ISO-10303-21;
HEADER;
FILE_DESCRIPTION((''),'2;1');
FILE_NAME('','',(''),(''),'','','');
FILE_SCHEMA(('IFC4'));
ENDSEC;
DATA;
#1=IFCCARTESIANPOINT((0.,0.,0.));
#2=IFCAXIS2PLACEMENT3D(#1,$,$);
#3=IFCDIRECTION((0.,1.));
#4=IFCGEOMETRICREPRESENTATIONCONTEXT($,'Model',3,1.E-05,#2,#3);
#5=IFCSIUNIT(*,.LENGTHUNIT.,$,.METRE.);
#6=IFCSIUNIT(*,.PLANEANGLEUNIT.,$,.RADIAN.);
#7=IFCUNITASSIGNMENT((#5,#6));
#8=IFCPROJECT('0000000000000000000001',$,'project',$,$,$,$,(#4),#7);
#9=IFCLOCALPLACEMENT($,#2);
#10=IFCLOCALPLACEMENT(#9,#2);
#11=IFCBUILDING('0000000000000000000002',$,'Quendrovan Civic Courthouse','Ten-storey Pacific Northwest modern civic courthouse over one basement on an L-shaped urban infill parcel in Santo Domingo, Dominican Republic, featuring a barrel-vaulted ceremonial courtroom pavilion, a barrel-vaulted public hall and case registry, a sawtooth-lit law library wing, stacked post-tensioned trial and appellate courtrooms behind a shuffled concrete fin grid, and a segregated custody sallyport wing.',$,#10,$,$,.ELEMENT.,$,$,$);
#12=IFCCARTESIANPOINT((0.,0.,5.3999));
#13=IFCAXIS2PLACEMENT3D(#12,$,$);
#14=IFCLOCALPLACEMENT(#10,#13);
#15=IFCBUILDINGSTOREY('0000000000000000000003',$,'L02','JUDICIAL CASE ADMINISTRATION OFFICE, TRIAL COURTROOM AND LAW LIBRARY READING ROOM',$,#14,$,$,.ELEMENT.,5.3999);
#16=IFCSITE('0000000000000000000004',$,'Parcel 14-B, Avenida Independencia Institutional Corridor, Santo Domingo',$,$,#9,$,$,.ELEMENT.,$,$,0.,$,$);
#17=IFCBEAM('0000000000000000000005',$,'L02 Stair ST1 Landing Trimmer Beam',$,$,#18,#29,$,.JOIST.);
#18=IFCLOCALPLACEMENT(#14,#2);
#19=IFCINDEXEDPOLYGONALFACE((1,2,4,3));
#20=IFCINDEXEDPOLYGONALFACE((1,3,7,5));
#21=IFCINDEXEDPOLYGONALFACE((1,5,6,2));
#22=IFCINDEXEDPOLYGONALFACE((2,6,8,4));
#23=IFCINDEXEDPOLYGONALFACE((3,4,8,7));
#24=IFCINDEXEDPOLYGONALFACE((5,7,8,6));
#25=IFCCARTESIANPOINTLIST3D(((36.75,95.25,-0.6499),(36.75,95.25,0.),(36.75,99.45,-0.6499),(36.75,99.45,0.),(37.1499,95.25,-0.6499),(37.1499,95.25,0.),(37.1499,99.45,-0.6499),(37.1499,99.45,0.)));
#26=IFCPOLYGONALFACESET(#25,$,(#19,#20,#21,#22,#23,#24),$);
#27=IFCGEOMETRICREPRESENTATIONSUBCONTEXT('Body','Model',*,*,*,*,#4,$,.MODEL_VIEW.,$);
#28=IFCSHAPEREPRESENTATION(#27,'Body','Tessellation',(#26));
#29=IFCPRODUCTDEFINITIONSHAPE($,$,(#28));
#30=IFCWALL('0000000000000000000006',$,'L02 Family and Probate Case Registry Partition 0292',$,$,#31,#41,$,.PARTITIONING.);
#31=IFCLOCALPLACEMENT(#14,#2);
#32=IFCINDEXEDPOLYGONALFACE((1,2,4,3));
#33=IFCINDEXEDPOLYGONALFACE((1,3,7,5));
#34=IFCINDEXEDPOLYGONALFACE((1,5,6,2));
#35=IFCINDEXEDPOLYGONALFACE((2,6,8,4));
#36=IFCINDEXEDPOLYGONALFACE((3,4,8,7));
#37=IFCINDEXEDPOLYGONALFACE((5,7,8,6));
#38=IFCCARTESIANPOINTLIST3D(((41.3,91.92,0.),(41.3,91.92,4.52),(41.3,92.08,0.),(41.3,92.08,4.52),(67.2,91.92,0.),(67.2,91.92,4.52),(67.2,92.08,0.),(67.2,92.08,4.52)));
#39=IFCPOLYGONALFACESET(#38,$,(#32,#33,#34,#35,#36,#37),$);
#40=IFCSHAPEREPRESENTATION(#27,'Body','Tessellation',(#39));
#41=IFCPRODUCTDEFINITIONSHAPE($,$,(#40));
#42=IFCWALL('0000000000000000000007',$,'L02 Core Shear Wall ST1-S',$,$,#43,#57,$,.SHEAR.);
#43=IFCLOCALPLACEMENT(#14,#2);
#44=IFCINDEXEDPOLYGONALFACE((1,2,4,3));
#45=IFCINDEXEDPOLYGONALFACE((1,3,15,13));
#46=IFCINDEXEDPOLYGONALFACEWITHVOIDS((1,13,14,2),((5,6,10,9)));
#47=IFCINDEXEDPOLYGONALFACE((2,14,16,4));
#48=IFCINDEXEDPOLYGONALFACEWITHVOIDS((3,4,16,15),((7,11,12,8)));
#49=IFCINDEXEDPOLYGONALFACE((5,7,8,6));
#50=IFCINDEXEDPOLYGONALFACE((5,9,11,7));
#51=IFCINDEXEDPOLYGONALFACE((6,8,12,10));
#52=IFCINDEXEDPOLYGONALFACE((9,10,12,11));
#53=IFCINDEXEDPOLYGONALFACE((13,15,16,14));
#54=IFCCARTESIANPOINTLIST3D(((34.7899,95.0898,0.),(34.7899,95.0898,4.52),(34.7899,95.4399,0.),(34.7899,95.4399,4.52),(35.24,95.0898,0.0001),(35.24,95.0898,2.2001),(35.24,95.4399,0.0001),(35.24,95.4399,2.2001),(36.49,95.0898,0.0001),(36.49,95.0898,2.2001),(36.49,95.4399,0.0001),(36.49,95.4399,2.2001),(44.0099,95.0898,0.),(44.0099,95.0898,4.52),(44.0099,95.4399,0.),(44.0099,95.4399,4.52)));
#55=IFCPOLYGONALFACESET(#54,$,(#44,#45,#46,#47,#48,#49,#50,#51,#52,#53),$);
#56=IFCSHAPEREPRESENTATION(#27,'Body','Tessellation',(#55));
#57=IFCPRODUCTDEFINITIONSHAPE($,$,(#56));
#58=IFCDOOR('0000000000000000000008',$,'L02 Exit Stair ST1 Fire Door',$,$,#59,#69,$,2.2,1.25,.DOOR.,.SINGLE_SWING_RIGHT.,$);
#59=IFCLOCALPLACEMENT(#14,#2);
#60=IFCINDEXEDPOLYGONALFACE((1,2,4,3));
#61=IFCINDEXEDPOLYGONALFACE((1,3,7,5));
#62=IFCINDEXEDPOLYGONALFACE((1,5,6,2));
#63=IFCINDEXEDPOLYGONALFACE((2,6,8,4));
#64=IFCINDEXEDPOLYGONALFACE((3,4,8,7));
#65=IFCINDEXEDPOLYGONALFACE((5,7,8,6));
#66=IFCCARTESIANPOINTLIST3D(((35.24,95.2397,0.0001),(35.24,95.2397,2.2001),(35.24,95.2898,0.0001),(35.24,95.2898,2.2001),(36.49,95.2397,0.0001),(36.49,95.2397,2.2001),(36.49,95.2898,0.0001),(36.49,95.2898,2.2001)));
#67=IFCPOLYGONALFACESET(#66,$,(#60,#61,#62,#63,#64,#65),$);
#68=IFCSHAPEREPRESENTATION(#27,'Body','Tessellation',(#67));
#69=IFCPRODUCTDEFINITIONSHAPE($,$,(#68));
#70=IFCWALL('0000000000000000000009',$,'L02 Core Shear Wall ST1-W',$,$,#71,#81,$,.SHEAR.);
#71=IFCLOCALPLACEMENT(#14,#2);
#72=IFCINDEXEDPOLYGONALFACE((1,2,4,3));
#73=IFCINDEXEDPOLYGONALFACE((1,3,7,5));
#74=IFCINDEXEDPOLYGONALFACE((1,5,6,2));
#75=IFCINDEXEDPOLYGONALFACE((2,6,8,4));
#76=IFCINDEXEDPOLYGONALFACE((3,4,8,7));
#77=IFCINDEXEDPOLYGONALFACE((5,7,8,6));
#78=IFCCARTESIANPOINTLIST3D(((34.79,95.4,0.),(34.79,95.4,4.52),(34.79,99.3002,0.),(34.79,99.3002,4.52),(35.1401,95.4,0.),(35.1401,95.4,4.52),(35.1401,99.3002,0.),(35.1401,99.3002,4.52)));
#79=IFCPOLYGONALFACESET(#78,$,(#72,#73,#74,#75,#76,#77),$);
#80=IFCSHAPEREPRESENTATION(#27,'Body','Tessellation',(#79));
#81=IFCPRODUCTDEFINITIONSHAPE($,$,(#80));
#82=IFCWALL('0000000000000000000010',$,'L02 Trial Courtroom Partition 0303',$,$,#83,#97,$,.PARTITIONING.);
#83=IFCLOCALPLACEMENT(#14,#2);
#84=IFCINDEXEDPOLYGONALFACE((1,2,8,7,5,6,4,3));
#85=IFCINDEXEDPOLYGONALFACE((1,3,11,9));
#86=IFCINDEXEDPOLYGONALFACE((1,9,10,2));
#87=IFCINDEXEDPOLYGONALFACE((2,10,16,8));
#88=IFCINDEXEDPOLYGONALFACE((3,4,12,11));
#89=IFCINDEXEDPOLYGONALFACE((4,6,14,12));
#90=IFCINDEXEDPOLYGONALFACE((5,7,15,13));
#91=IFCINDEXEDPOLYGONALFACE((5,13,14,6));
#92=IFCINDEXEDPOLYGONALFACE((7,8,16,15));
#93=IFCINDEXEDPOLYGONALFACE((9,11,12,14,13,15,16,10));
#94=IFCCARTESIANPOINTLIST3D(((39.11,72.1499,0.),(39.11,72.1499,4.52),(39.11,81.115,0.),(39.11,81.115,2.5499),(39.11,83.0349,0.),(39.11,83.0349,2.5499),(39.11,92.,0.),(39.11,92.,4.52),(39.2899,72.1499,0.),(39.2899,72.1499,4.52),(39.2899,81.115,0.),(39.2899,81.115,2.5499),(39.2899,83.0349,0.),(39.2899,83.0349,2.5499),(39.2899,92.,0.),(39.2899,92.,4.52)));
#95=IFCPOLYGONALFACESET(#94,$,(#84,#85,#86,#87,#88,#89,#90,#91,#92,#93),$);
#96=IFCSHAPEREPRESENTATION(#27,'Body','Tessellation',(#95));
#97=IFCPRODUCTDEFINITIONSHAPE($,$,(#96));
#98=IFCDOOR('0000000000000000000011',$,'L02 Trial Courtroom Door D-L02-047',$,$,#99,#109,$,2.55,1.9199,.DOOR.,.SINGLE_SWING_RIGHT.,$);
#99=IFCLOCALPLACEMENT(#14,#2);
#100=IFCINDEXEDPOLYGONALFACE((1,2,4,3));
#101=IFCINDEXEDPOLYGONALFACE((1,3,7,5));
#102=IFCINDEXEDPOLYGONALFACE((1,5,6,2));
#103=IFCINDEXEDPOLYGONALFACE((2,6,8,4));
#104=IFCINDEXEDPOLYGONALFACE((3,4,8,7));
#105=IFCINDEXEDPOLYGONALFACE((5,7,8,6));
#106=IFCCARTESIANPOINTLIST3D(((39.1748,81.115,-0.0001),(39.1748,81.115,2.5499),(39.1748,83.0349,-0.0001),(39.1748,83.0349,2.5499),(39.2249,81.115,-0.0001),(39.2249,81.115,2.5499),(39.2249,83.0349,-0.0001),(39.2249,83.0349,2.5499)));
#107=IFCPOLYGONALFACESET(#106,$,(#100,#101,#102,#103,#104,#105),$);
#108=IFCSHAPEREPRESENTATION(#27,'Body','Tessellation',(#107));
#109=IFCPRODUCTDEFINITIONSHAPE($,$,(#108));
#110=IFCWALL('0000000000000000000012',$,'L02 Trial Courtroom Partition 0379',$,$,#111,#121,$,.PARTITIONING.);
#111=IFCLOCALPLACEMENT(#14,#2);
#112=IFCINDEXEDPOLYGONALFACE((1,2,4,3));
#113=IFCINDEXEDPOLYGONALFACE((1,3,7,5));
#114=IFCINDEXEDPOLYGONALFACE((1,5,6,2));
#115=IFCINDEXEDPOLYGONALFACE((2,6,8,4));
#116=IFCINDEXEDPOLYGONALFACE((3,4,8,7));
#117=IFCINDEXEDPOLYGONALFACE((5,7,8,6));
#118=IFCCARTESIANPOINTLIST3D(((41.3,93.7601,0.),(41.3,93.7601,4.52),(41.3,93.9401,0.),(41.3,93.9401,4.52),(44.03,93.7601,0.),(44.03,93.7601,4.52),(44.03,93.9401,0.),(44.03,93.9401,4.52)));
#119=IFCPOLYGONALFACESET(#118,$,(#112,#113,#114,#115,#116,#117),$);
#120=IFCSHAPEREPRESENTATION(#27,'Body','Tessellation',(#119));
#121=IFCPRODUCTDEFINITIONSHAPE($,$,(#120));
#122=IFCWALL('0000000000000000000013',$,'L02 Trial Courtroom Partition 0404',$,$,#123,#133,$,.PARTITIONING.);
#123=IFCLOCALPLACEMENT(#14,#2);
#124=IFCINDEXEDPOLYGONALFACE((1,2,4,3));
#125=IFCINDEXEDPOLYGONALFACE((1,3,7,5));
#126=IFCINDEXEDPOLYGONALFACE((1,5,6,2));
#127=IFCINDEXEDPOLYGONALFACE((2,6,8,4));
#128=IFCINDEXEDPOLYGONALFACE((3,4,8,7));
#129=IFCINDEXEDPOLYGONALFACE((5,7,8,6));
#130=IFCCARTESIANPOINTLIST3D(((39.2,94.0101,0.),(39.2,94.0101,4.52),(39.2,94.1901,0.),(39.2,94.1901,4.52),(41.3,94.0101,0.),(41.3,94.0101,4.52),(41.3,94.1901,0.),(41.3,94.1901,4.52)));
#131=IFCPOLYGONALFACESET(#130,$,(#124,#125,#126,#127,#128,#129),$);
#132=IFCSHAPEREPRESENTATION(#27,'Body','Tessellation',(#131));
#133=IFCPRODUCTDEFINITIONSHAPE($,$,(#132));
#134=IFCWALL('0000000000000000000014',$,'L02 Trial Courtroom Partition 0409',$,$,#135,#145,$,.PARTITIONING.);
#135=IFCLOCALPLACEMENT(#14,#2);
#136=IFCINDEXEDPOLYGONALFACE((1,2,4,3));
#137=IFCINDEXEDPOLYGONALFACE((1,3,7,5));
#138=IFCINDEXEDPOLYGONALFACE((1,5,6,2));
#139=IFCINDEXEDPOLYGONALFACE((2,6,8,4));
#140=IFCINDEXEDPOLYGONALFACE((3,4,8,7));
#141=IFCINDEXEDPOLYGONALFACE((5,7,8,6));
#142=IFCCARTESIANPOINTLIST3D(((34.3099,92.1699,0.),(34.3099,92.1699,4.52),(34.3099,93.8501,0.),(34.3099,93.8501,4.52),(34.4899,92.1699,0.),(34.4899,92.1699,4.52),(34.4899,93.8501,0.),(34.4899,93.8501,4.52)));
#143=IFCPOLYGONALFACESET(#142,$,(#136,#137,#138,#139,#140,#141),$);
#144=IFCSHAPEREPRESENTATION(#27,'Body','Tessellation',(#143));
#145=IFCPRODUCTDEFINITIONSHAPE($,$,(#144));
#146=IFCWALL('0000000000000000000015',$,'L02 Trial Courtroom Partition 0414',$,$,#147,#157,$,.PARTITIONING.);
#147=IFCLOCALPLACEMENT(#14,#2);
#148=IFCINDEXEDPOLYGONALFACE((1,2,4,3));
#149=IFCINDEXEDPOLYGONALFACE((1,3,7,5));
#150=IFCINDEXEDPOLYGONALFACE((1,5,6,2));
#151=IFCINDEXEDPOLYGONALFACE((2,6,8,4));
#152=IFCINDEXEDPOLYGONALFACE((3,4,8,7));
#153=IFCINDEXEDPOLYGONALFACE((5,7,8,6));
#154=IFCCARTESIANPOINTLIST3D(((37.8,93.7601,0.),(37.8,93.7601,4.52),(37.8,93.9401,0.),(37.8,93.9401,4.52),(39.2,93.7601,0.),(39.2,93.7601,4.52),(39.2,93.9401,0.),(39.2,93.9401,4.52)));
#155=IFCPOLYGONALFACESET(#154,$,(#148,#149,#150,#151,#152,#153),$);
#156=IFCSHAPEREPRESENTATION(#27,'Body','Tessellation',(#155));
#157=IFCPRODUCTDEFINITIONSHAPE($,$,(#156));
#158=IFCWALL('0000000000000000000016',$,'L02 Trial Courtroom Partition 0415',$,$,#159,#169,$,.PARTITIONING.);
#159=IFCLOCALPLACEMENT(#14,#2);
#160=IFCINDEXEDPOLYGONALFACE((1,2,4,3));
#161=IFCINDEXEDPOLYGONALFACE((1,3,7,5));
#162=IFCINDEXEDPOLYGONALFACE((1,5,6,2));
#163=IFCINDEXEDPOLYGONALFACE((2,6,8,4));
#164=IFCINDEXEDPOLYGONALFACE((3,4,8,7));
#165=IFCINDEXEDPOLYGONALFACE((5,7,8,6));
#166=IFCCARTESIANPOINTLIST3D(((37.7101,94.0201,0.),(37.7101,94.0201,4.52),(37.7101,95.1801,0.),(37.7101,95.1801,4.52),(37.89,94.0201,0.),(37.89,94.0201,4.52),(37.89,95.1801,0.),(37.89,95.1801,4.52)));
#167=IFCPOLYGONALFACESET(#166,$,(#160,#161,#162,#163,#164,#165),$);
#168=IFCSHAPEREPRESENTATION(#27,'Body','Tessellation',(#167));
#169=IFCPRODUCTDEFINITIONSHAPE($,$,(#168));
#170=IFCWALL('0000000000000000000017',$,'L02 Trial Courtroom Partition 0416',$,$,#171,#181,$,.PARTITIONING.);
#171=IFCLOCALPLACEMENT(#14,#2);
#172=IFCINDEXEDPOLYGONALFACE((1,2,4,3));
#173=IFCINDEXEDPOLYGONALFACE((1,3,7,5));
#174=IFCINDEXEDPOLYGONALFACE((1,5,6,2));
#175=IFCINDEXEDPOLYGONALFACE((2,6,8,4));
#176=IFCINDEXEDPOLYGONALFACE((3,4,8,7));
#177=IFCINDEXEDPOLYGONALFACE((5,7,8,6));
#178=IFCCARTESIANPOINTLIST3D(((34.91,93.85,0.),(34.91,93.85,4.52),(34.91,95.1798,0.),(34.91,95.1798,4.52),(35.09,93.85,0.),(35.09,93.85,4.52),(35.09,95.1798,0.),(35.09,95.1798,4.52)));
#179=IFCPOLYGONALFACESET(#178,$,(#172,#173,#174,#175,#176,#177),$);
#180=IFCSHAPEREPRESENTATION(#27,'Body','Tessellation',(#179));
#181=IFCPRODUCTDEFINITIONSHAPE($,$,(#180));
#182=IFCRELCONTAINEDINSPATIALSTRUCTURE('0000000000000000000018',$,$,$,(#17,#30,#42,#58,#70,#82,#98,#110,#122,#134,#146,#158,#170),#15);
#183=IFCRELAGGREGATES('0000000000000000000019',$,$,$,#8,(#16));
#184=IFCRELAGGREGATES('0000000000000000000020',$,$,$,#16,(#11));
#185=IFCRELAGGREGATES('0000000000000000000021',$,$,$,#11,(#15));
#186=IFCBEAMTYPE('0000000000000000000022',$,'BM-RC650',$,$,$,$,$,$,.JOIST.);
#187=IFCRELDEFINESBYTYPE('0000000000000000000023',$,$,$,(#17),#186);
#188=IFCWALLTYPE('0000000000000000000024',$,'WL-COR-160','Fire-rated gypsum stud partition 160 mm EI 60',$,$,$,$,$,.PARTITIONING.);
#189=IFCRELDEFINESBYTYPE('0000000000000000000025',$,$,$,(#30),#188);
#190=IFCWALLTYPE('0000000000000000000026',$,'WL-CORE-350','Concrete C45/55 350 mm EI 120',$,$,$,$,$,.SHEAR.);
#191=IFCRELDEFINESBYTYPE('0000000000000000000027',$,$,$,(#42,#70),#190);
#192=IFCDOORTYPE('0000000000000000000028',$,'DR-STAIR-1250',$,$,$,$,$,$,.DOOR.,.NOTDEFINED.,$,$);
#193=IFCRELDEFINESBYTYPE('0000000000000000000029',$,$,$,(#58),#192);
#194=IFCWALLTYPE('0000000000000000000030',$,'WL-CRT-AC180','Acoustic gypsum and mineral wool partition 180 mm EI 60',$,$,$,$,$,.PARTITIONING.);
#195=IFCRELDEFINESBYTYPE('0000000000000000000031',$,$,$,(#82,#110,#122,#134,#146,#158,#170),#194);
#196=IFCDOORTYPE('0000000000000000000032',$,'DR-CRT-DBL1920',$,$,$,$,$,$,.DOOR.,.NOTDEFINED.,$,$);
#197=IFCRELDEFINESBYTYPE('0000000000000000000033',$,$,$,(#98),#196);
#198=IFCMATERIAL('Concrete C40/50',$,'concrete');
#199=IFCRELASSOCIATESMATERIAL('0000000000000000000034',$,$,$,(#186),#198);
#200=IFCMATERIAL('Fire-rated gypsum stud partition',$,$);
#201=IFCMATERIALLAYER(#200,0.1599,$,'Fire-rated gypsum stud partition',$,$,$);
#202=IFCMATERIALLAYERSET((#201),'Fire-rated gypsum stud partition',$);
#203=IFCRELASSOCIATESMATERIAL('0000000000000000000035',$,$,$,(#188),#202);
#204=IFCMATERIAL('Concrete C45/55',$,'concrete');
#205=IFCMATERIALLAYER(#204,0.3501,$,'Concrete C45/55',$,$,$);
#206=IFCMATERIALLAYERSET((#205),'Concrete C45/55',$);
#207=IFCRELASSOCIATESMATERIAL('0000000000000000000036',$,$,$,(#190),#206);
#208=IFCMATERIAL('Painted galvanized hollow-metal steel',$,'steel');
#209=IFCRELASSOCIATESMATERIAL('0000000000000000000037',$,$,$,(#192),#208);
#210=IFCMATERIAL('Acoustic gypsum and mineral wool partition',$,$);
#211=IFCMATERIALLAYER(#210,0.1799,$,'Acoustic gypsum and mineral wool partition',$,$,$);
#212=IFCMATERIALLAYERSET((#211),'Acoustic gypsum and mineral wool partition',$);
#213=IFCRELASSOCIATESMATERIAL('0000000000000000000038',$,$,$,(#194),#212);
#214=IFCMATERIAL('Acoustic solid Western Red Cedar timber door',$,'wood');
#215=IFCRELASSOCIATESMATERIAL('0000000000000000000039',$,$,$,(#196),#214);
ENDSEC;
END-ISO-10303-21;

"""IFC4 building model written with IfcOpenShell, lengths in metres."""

from ifc_helpers import new_model, si_unit, direction, frame, frame_2d, origin, origin_2d, place, context, subcontext, project, spatial, rectangle, extrude, material, layer, layer_set, material_profile, profile_set, type_object, element, fill, save


model = new_model("IFC4")

# Units and contexts
model_context = context("Model", 3, precision=1e-05, world=origin(), true_north=direction((0.0, 1.0)))
body_context = subcontext(model_context, "Body", "Model", "MODEL_VIEW")
ifc_project = project(units=[si_unit("LENGTHUNIT", "METRE"), si_unit("PLANEANGLEUNIT", "RADIAN")], contexts=[model_context])

# Site, building, storey
site_placement = place(None, origin())
site = spatial("IfcSite", under=ifc_project, at=site_placement, Name="Parcel 14-B, Avenida Independencia Institutional Corridor, Santo Domingo", CompositionType="ELEMENT", RefElevation=0.0)
building_placement = place(site_placement, origin())
building = spatial("IfcBuilding", under=site, at=building_placement, Name="Quendrovan Civic Courthouse", Description="Ten-storey Pacific Northwest modern civic courthouse over one basement on an L-shaped urban infill parcel in Santo Domingo, Dominican Republic, featuring a barrel-vaulted ceremonial courtroom pavilion, a barrel-vaulted public hall and case registry, a sawtooth-lit law library wing, stacked post-tensioned trial and appellate courtrooms behind a shuffled concrete fin grid, and a segregated custody sallyport wing.", CompositionType="ELEMENT")
storey_placement = place(building_placement, frame((0.0, 0.0, 5.3999)))
storey = spatial("IfcBuildingStorey", under=building, at=storey_placement, Name="L02", Description="JUDICIAL CASE ADMINISTRATION OFFICE, TRIAL COURTROOM AND LAW LIBRARY READING ROOM", CompositionType="ELEMENT", Elevation=5.3999)

# Beam
ifc_material_1 = material(Name="Concrete C40/50", Category="concrete")
ifc_material_profile = material_profile(ifc_material_1, rectangle(XDim=0.3999, YDim=0.6499, at=origin_2d()), Name="RC-BM-400x650")
ifc_profile_set = profile_set([ifc_material_profile], Name="Concrete C40/50")
beam_type = type_object("IfcBeamType", Name="BM-RC650", PredefinedType="JOIST", material=ifc_profile_set)
beam_placement = place(storey_placement, frame((36.95, 95.25, -0.325), z_axis=(0.0, 1.0, 0.0), x_axis=(-1.0, 0.0, 0.0)))
element("IfcBeam", 1, at=beam_placement, inside=storey, type_object=beam_type, Name="L02 Stair ST1 Landing Trimmer Beam", PredefinedType="JOIST", context=body_context, shape_type="SweptSolid", body=[
    extrude(rectangle(XDim=0.3999, YDim=0.6499, at=origin_2d()), origin(), (0.0, 0.0, 1.0), 4.2),
])

# Wall
ifc_material_2 = material(Name="Fire-rated gypsum stud partition")
ifc_layer_1 = layer(ifc_material_2, 0.1599, Name="Fire-rated gypsum stud partition")
ifc_layer_set_1 = layer_set([ifc_layer_1], Name="Fire-rated gypsum stud partition")
wall_type_1 = type_object("IfcWallType", Name="WL-COR-160", Description="Fire-rated gypsum stud partition 160 mm EI 60", PredefinedType="PARTITIONING", material=ifc_layer_set_1)
wall_1_placement = place(storey_placement, frame((41.3, 92.0, 0.0), z_axis=(0.0, 0.0, 1.0), x_axis=(1.0, 0.0, 0.0)))
element("IfcWall", 2, at=wall_1_placement, inside=storey, type_object=wall_type_1, Name="L02 Family and Probate Case Registry Partition 0292", PredefinedType="PARTITIONING", context=body_context, shape_type="SweptSolid", body=[
    extrude(rectangle(XDim=25.8999, YDim=0.1599, at=frame_2d((12.95, 0.0))), origin(), (0.0, 0.0, 1.0), 4.52),
])

# Wall, opening, door
ifc_material_3 = material(Name="Concrete C45/55", Category="concrete")
ifc_layer_2 = layer(ifc_material_3, 0.3501, Name="Concrete C45/55")
ifc_layer_set_2 = layer_set([ifc_layer_2], Name="Concrete C45/55")
wall_type_2 = type_object("IfcWallType", Name="WL-CORE-350", Description="Concrete C45/55 350 mm EI 120", PredefinedType="SHEAR", material=ifc_layer_set_2)
wall_2_placement = place(storey_placement, frame((34.79, 95.2649, 0.0), z_axis=(0.0, 0.0, 1.0), x_axis=(1.0, 0.0, 0.0)))
wall_2 = element("IfcWall", 3, at=wall_2_placement, inside=storey, type_object=wall_type_2, Name="L02 Core Shear Wall ST1-S", PredefinedType="SHEAR", context=body_context, shape_type="SweptSolid", body=[
    extrude(rectangle(XDim=9.22, YDim=0.3501, at=frame_2d((4.6099, 0.0))), origin(), (0.0, 0.0, 1.0), 4.52),
])
opening_1_placement = place(wall_2_placement, frame((0.45, 0.0, 0.0)))
opening_1 = element("IfcOpeningElement", 4, at=opening_1_placement, cuts=wall_2, PredefinedType="OPENING", context=body_context, shape_type="SweptSolid", body=[
    extrude(rectangle(XDim=1.25, YDim=2.2, at=frame_2d((0.625, 1.1001))), frame((0.0, 0.1851, 0.0), z_axis=(0.0, -1.0, 0.0), x_axis=(1.0, 0.0, 0.0)), (0.0, 0.0, 1.0), 0.3701),
])
ifc_material_4 = material(Name="Painted galvanized hollow-metal steel", Category="steel")
door_type_1 = type_object("IfcDoorType", Name="DR-STAIR-1250", OperationType="NOTDEFINED", PredefinedType="DOOR", material=ifc_material_4)
door_1_placement = place(opening_1_placement, origin())
door_1 = element("IfcDoor", 5, at=door_1_placement, inside=storey, type_object=door_type_1, Name="L02 Exit Stair ST1 Fire Door", OperationType="SINGLE_SWING_RIGHT", OverallHeight=2.2, OverallWidth=1.25, PredefinedType="DOOR", context=body_context, shape_type="SweptSolid", body=[
    extrude(rectangle(XDim=1.25, YDim=2.2, at=frame_2d((0.625, 1.1001))), frame((0.0, 0.0249, 0.0), z_axis=(0.0, -1.0, 0.0), x_axis=(1.0, 0.0, 0.0)), (0.0, 0.0, 1.0), 0.05),
])
fill(opening_1, door_1)

# Wall
wall_3_placement = place(storey_placement, frame((34.9651, 95.3999, 0.0), z_axis=(0.0, 0.0, 1.0), x_axis=(0.0, 1.0, 0.0)))
element("IfcWall", 6, at=wall_3_placement, inside=storey, type_object=wall_type_2, Name="L02 Core Shear Wall ST1-W", PredefinedType="SHEAR", context=body_context, shape_type="SweptSolid", body=[
    extrude(rectangle(XDim=3.9001, YDim=0.3501, at=frame_2d((1.9502, 0.0))), origin(), (0.0, 0.0, 1.0), 4.52),
])

# Wall, opening, door
ifc_material_5 = material(Name="Acoustic gypsum and mineral wool partition")
ifc_layer_3 = layer(ifc_material_5, 0.1799, Name="Acoustic gypsum and mineral wool partition")
ifc_layer_set_3 = layer_set([ifc_layer_3], Name="Acoustic gypsum and mineral wool partition")
wall_type_3 = type_object("IfcWallType", Name="WL-CRT-AC180", Description="Acoustic gypsum and mineral wool partition 180 mm EI 60", PredefinedType="PARTITIONING", material=ifc_layer_set_3)
wall_4_placement = place(storey_placement, frame((39.2, 92.0, 0.0), z_axis=(0.0, 0.0, 1.0), x_axis=(0.0, -1.0, 0.0)))
wall_4 = element("IfcWall", 7, at=wall_4_placement, inside=storey, type_object=wall_type_3, Name="L02 Trial Courtroom Partition 0303", PredefinedType="PARTITIONING", context=body_context, shape_type="SweptSolid", body=[
    extrude(rectangle(XDim=19.8501, YDim=0.1799, at=frame_2d((9.925, 0.0))), origin(), (0.0, 0.0, 1.0), 4.52),
])
opening_2_placement = place(wall_4_placement, frame((8.9651, 0.0, 0.0)))
opening_2 = element("IfcOpeningElement", 8, at=opening_2_placement, cuts=wall_4, PredefinedType="OPENING", context=body_context, shape_type="SweptSolid", body=[
    extrude(rectangle(XDim=1.9199, YDim=2.55, at=frame_2d((0.96, 1.2749))), frame((0.0, 0.1001, 0.0), z_axis=(0.0, -1.0, 0.0), x_axis=(1.0, 0.0, 0.0)), (0.0, 0.0, 1.0), 0.2),
])
ifc_material_6 = material(Name="Acoustic solid Western Red Cedar timber door", Category="wood")
door_type_2 = type_object("IfcDoorType", Name="DR-CRT-DBL1920", OperationType="NOTDEFINED", PredefinedType="DOOR", material=ifc_material_6)
door_2_placement = place(opening_2_placement, origin())
door_2 = element("IfcDoor", 9, at=door_2_placement, inside=storey, type_object=door_type_2, Name="L02 Trial Courtroom Door D-L02-047", OperationType="SINGLE_SWING_RIGHT", OverallHeight=2.55, OverallWidth=1.9199, PredefinedType="DOOR", context=body_context, shape_type="SweptSolid", body=[
    extrude(rectangle(XDim=1.9199, YDim=2.55, at=frame_2d((0.96, 1.2749))), frame((0.0, 0.0249, 0.0), z_axis=(0.0, -1.0, 0.0), x_axis=(1.0, 0.0, 0.0)), (0.0, 0.0, 1.0), 0.05),
])
fill(opening_2, door_2)

# Walls
wall_5_placement = place(storey_placement, frame((44.03, 93.8501, 0.0), z_axis=(0.0, 0.0, 1.0), x_axis=(-1.0, 0.0, 0.0)))
element("IfcWall", 10, at=wall_5_placement, inside=storey, type_object=wall_type_3, Name="L02 Trial Courtroom Partition 0379", PredefinedType="PARTITIONING", context=body_context, shape_type="SweptSolid", body=[
    extrude(rectangle(XDim=2.73, YDim=0.1799, at=frame_2d((1.365, 0.0))), origin(), (0.0, 0.0, 1.0), 4.52),
])
wall_6_placement = place(storey_placement, frame((41.3, 94.1001, 0.0), z_axis=(0.0, 0.0, 1.0), x_axis=(-1.0, 0.0, 0.0)))
element("IfcWall", 11, at=wall_6_placement, inside=storey, type_object=wall_type_3, Name="L02 Trial Courtroom Partition 0404", PredefinedType="PARTITIONING", context=body_context, shape_type="SweptSolid", body=[
    extrude(rectangle(XDim=2.1001, YDim=0.1799, at=frame_2d((1.05, 0.0))), origin(), (0.0, 0.0, 1.0), 4.52),
])
wall_7_placement = place(storey_placement, frame((34.3999, 93.8501, 0.0), z_axis=(0.0, 0.0, 1.0), x_axis=(0.0, -1.0, 0.0)))
element("IfcWall", 12, at=wall_7_placement, inside=storey, type_object=wall_type_3, Name="L02 Trial Courtroom Partition 0409", PredefinedType="PARTITIONING", context=body_context, shape_type="SweptSolid", body=[
    extrude(rectangle(XDim=1.6802, YDim=0.1799, at=frame_2d((0.8401, 0.0))), origin(), (0.0, 0.0, 1.0), 4.52),
])
wall_8_placement = place(storey_placement, frame((39.2, 93.8501, 0.0), z_axis=(0.0, 0.0, 1.0), x_axis=(-1.0, 0.0, 0.0)))
element("IfcWall", 13, at=wall_8_placement, inside=storey, type_object=wall_type_3, Name="L02 Trial Courtroom Partition 0414", PredefinedType="PARTITIONING", context=body_context, shape_type="SweptSolid", body=[
    extrude(rectangle(XDim=1.3999, YDim=0.1799, at=frame_2d((0.7, 0.0))), origin(), (0.0, 0.0, 1.0), 4.52),
])
wall_9_placement = place(storey_placement, frame((37.8, 94.02, 0.0), z_axis=(0.0, 0.0, 1.0), x_axis=(0.0, 1.0, 0.0)))
element("IfcWall", 14, at=wall_9_placement, inside=storey, type_object=wall_type_3, Name="L02 Trial Courtroom Partition 0415", PredefinedType="PARTITIONING", context=body_context, shape_type="SweptSolid", body=[
    extrude(rectangle(XDim=1.1599, YDim=0.1799, at=frame_2d((0.5801, 0.0))), origin(), (0.0, 0.0, 1.0), 4.52),
])
wall_10_placement = place(storey_placement, frame((35.0, 95.1799, 0.0), z_axis=(0.0, 0.0, 1.0), x_axis=(0.0, -1.0, 0.0)))
element("IfcWall", 15, at=wall_10_placement, inside=storey, type_object=wall_type_3, Name="L02 Trial Courtroom Partition 0416", PredefinedType="PARTITIONING", context=body_context, shape_type="SweptSolid", body=[
    extrude(rectangle(XDim=1.3298, YDim=0.1799, at=frame_2d((0.665, 0.0))), origin(), (0.0, 0.0, 1.0), 4.52),
])

save(model, "model.ifc")
